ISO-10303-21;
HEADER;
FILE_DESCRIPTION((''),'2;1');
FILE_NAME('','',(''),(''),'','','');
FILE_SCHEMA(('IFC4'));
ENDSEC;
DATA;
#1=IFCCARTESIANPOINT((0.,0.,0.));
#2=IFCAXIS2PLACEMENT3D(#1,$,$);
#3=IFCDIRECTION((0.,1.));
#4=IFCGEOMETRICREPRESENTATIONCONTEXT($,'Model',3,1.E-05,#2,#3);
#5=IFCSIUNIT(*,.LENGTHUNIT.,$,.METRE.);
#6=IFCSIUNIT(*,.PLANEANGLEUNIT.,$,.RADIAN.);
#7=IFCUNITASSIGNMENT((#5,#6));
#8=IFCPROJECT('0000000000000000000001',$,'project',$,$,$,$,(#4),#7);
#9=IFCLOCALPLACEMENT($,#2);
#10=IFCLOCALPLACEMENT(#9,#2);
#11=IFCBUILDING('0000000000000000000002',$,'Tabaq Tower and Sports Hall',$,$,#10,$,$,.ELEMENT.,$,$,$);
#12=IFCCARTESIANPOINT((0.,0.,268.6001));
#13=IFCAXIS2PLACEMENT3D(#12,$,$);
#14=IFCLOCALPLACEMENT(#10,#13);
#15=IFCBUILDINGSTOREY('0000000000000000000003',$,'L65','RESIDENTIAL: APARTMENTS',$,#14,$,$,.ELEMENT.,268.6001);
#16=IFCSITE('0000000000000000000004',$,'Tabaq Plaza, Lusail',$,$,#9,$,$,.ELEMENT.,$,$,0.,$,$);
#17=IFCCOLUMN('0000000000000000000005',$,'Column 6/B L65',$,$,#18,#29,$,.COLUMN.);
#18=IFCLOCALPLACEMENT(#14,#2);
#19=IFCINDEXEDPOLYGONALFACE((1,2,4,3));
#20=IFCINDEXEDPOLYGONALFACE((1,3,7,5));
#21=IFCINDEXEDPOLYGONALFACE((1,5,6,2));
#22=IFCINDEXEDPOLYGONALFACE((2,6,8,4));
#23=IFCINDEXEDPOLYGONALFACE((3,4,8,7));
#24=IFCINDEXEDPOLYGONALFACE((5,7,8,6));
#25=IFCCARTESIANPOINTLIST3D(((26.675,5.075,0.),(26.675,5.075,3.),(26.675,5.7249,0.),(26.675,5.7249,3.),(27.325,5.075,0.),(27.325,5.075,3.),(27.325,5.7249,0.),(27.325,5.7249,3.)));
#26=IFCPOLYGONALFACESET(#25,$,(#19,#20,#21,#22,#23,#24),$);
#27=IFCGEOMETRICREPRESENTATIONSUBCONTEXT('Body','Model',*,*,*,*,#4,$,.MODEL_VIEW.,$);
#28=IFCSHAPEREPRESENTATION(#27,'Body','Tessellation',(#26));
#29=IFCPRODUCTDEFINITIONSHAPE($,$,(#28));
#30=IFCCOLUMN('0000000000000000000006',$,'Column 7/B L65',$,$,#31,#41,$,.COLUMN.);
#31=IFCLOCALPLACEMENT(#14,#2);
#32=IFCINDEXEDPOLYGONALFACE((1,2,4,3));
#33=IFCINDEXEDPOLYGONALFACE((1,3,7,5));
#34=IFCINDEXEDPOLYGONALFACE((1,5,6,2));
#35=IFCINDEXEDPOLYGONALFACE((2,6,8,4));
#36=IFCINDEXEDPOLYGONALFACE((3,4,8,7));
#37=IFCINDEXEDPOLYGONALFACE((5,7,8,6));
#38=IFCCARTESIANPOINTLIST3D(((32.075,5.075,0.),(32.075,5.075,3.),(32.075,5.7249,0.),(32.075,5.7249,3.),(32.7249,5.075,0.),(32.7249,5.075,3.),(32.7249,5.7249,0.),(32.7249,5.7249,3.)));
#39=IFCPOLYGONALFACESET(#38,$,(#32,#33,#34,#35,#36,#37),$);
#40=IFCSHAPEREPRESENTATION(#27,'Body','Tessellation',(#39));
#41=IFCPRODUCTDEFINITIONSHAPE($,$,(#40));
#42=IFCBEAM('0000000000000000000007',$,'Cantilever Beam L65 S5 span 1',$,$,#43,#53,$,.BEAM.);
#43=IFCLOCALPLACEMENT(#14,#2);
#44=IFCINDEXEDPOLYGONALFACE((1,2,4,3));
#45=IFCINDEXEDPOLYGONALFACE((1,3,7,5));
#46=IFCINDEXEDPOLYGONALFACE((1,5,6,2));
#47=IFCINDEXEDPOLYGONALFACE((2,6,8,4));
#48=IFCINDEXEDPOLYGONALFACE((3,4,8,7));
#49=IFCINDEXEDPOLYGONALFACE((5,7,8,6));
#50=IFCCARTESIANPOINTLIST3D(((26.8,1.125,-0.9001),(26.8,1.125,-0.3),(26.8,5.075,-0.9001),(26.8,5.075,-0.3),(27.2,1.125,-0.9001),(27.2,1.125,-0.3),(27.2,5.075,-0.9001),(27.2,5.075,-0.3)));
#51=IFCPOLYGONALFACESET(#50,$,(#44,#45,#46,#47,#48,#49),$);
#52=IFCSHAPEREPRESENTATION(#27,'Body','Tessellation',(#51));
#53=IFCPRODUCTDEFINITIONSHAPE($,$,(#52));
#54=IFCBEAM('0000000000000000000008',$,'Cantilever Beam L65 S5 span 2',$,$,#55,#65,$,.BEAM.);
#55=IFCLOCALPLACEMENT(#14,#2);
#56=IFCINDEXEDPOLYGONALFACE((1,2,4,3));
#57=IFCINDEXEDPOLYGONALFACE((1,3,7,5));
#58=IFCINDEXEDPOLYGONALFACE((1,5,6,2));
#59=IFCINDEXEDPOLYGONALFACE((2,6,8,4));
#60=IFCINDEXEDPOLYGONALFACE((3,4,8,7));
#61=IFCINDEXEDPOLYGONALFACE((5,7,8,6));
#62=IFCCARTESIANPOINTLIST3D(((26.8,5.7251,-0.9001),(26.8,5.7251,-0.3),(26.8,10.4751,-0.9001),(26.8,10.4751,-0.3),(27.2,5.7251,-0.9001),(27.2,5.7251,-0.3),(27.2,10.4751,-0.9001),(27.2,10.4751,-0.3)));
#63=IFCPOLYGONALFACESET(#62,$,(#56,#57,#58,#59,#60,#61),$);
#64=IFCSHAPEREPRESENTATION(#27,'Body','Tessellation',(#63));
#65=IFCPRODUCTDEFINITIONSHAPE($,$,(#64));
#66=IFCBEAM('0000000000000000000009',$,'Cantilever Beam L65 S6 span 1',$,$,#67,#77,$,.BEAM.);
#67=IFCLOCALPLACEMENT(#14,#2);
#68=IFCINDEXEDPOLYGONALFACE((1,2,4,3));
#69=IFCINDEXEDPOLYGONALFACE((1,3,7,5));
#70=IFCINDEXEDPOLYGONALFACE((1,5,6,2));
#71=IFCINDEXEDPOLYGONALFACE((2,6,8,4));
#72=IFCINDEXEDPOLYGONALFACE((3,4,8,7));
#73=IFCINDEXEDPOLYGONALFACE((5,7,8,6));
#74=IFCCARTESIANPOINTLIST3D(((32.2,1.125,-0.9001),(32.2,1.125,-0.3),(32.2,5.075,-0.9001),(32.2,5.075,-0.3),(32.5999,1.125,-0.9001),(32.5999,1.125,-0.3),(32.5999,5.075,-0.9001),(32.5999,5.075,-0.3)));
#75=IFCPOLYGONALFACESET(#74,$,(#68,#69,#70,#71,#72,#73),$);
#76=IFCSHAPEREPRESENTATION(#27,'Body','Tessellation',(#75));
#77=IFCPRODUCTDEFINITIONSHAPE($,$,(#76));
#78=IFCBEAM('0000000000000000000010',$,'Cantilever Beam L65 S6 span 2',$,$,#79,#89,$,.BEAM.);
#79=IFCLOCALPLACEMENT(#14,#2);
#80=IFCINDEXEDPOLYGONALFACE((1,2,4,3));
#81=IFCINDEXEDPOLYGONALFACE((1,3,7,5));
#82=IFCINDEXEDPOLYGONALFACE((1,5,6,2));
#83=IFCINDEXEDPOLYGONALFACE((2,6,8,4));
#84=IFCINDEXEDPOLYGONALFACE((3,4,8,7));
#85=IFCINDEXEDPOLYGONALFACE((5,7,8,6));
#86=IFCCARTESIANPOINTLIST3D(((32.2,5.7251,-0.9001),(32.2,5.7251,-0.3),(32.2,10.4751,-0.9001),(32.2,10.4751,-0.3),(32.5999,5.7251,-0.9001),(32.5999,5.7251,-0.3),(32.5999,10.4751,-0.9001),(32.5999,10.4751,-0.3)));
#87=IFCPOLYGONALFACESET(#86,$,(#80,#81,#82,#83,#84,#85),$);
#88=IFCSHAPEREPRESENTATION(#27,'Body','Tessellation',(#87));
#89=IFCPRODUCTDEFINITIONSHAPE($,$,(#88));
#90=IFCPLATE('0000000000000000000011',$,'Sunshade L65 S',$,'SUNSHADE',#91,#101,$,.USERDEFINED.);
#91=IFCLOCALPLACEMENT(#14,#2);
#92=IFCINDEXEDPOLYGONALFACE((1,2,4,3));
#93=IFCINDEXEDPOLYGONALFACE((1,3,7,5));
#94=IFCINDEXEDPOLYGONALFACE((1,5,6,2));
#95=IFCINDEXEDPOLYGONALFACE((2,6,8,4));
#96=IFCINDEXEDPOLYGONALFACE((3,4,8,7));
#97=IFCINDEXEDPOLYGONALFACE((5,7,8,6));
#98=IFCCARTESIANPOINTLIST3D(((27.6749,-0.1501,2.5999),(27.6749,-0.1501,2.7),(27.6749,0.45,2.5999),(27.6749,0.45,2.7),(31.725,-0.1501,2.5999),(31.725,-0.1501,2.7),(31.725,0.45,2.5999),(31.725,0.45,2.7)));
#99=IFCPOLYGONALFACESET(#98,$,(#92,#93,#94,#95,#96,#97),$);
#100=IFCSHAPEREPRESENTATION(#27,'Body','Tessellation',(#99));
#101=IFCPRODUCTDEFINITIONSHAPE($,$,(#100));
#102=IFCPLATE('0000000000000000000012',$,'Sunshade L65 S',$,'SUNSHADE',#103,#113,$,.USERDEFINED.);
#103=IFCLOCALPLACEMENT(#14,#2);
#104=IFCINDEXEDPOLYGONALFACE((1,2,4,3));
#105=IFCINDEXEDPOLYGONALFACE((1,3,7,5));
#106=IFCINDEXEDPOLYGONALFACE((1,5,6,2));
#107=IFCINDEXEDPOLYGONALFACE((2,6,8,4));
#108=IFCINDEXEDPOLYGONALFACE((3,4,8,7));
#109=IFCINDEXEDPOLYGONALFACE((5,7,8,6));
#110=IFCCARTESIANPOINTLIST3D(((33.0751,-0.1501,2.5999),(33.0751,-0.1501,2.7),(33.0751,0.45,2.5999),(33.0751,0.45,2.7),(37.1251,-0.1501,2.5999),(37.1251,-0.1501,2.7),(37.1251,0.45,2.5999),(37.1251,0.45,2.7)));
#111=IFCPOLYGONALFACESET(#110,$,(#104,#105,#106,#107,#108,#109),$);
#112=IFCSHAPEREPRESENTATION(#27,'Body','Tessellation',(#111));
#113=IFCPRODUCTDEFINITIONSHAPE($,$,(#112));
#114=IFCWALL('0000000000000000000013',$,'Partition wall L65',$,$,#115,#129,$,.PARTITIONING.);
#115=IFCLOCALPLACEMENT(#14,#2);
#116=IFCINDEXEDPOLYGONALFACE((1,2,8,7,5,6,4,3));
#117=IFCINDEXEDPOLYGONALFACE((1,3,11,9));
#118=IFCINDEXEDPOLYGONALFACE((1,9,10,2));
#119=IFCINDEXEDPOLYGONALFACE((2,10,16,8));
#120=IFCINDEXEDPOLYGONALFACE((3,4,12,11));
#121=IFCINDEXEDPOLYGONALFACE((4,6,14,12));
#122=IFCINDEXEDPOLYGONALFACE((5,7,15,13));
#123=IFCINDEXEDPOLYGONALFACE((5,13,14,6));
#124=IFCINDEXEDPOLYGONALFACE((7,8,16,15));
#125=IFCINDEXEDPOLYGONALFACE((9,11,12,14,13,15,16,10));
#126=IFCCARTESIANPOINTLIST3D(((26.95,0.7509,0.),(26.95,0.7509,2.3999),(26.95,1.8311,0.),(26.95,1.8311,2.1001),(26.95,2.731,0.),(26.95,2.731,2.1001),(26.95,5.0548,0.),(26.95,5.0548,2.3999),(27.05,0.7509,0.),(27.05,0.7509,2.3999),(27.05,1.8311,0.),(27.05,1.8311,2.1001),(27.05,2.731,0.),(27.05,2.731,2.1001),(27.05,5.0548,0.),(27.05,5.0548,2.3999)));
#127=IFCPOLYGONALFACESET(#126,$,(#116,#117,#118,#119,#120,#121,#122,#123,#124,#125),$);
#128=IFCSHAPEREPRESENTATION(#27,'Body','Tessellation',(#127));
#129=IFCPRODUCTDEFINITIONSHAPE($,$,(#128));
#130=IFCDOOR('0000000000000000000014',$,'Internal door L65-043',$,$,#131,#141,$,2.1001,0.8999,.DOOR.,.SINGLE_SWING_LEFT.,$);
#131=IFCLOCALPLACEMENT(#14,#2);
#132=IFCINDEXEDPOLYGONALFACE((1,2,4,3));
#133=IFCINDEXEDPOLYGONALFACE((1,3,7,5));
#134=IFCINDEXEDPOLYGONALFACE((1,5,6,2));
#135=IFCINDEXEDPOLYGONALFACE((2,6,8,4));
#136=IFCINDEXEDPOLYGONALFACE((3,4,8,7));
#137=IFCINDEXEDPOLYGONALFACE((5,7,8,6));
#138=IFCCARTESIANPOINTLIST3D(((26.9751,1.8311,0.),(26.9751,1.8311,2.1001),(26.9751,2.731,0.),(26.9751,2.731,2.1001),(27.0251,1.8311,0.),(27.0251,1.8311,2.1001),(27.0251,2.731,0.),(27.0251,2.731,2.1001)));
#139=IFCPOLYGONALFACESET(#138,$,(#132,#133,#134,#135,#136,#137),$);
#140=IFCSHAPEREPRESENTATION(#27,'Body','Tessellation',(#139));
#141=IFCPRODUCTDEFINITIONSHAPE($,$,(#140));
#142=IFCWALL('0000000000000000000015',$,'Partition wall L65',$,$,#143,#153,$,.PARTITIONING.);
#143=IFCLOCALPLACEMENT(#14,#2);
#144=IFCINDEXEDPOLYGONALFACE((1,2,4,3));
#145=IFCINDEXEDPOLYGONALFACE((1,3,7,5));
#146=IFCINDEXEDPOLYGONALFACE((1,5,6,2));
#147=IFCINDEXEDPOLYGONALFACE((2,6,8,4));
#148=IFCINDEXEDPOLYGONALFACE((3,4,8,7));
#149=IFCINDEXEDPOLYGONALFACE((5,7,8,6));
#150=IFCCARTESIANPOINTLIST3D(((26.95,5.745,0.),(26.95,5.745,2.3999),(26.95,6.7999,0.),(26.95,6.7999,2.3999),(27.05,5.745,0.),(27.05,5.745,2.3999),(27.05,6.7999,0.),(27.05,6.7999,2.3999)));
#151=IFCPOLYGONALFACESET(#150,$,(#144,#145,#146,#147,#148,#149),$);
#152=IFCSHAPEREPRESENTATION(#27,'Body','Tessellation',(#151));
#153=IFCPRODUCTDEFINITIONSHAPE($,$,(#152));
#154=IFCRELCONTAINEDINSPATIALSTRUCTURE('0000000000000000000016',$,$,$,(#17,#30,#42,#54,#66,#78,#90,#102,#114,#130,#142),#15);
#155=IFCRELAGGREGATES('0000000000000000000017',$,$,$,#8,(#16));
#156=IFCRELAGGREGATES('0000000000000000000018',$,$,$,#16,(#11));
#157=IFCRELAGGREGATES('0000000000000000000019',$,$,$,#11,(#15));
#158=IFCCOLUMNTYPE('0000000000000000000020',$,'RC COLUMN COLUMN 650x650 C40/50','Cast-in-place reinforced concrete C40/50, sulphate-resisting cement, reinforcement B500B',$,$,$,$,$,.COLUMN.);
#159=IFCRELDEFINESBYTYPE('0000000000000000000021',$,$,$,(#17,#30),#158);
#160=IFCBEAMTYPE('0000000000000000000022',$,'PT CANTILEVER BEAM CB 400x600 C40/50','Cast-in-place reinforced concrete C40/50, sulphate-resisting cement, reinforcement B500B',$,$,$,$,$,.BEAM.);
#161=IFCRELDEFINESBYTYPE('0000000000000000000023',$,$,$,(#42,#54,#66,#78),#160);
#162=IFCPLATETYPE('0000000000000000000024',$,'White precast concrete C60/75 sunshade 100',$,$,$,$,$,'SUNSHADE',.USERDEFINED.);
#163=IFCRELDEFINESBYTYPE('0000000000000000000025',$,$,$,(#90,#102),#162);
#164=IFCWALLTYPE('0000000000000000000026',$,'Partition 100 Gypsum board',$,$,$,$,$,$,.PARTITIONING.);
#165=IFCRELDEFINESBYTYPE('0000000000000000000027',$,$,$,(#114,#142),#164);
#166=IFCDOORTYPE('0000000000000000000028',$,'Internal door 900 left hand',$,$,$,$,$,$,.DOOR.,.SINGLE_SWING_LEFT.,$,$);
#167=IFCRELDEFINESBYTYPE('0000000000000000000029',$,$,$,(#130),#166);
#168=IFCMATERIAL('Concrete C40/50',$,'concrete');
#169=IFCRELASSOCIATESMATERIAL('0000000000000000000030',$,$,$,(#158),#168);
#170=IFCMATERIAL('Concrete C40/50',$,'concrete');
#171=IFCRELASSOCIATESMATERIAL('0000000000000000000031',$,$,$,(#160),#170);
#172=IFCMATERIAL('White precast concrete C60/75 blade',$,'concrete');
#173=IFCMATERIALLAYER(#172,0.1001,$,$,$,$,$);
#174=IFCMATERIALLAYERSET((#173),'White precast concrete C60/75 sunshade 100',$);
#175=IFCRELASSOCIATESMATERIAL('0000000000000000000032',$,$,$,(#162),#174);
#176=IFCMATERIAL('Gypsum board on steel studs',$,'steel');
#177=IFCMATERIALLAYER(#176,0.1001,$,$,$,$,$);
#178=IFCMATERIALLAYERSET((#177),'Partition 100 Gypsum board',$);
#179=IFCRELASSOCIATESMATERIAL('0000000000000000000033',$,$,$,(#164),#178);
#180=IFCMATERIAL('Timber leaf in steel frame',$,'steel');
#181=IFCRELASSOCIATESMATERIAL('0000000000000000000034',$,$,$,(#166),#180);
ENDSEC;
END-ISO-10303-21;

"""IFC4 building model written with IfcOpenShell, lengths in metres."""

from ifc_helpers import new_model, si_unit, direction, frame, frame_2d, origin, origin_2d, place, context, subcontext, project, spatial, rectangle, extrude, material, layer, layer_set, material_profile, profile_set, type_object, element, fill, save


model = new_model("IFC4")

# Units and contexts
model_context = context("Model", 3, precision=1e-05, world=origin(), true_north=direction((0.0, 1.0)))
body_context = subcontext(model_context, "Body", "Model", "MODEL_VIEW")
ifc_project = project(units=[si_unit("LENGTHUNIT", "METRE"), si_unit("PLANEANGLEUNIT", "RADIAN")], contexts=[model_context])

# Site, building, storey
site_placement = place(None, origin())
site = spatial("IfcSite", under=ifc_project, at=site_placement, Name="Tabaq Plaza, Lusail", CompositionType="ELEMENT", RefElevation=0.0)
building_placement = place(site_placement, origin())
building = spatial("IfcBuilding", under=site, at=building_placement, Name="Tabaq Tower and Sports Hall", CompositionType="ELEMENT")
storey_placement = place(building_placement, frame((0.0, 0.0, 268.6001)))
storey = spatial("IfcBuildingStorey", under=building, at=storey_placement, Name="L65", Description="RESIDENTIAL: APARTMENTS", CompositionType="ELEMENT", Elevation=268.6001)

# Columns
ifc_material_1 = material(Name="Concrete C40/50", Category="concrete")
ifc_material_profile_1 = material_profile(ifc_material_1, rectangle(XDim=0.6499, YDim=0.6499, at=origin_2d()), Name="COLUMN 650x650")
ifc_profile_set_1 = profile_set([ifc_material_profile_1], Name="Concrete C40/50")
column_type = type_object("IfcColumnType", Name="RC COLUMN COLUMN 650x650 C40/50", Description="Cast-in-place reinforced concrete C40/50, sulphate-resisting cement, reinforcement B500B", PredefinedType="COLUMN", material=ifc_profile_set_1)
for number, where, z_axis, x_axis, name in (
    (1, (27.0, 5.3999, 0.0), (0.0, 0.0, 1.0), (1.0, 0.0, 0.0), "Column 6/B L65"),
    (2, (32.3999, 5.3999, 0.0), (0.0, 0.0, 1.0), (1.0, 0.0, 0.0), "Column 7/B L65"),
):
    element("IfcColumn", number, at=place(storey_placement, frame(where, z_axis=z_axis, x_axis=x_axis)), inside=storey, type_object=column_type, Name=name, PredefinedType="COLUMN", context=body_context, shape_type="SweptSolid", body=[
        extrude(rectangle(XDim=0.6499, YDim=0.6499, at=origin_2d()), origin(), (0.0, 0.0, 1.0), 3.0),
    ])

# Beams
ifc_material_2 = material(Name="Concrete C40/50", Category="concrete")
ifc_material_profile_2 = material_profile(ifc_material_2, rectangle(XDim=0.3999, YDim=0.6001, at=origin_2d()), Name="CB 400x600")
ifc_profile_set_2 = profile_set([ifc_material_profile_2], Name="Concrete C40/50")
beam_type = type_object("IfcBeamType", Name="PT CANTILEVER BEAM CB 400x600 C40/50", Description="Cast-in-place reinforced concrete C40/50, sulphate-resisting cement, reinforcement B500B", PredefinedType="BEAM", material=ifc_profile_set_2)
beam_1_placement = place(storey_placement, frame((27.0, 1.125, -0.6001), z_axis=(0.0, 1.0, 0.0), x_axis=(-1.0, 0.0, 0.0)))
element("IfcBeam", 3, at=beam_1_placement, inside=storey, type_object=beam_type, Name="Cantilever Beam L65 S5 span 1", PredefinedType="BEAM", context=body_context, shape_type="SweptSolid", body=[
    extrude(rectangle(XDim=0.3999, YDim=0.6001, at=origin_2d()), origin(), (0.0, 0.0, 1.0), 3.95),
])
beam_2_placement = place(storey_placement, frame((27.0, 5.7251, -0.6001), z_axis=(0.0, 1.0, 0.0), x_axis=(-1.0, 0.0, 0.0)))
element("IfcBeam", 4, at=beam_2_placement, inside=storey, type_object=beam_type, Name="Cantilever Beam L65 S5 span 2", PredefinedType="BEAM", context=body_context, shape_type="SweptSolid", body=[
    extrude(rectangle(XDim=0.3999, YDim=0.6001, at=origin_2d()), origin(), (0.0, 0.0, 1.0), 4.75),
])
beam_3_placement = place(storey_placement, frame((32.3999, 1.125, -0.6001), z_axis=(0.0, 1.0, 0.0), x_axis=(-1.0, 0.0, 0.0)))
element("IfcBeam", 5, at=beam_3_placement, inside=storey, type_object=beam_type, Name="Cantilever Beam L65 S6 span 1", PredefinedType="BEAM", context=body_context, shape_type="SweptSolid", body=[
    extrude(rectangle(XDim=0.3999, YDim=0.6001, at=origin_2d()), origin(), (0.0, 0.0, 1.0), 3.95),
])
beam_4_placement = place(storey_placement, frame((32.3999, 5.7251, -0.6001), z_axis=(0.0, 1.0, 0.0), x_axis=(-1.0, 0.0, 0.0)))
element("IfcBeam", 6, at=beam_4_placement, inside=storey, type_object=beam_type, Name="Cantilever Beam L65 S6 span 2", PredefinedType="BEAM", context=body_context, shape_type="SweptSolid", body=[
    extrude(rectangle(XDim=0.3999, YDim=0.6001, at=origin_2d()), origin(), (0.0, 0.0, 1.0), 4.75),
])

# Plates
ifc_material_3 = material(Name="White precast concrete C60/75 blade", Category="concrete")
ifc_layer_1 = layer(ifc_material_3, 0.1001)
ifc_layer_set_1 = layer_set([ifc_layer_1], Name="White precast concrete C60/75 sunshade 100")
plate_type = type_object("IfcPlateType", Name="White precast concrete C60/75 sunshade 100", ElementType="SUNSHADE", PredefinedType="USERDEFINED", material=ifc_layer_set_1)
for number, where, z_axis, x_axis, name in (
    (7, (29.7, 0.1499, 2.5999), (0.0, 0.0, 1.0), (1.0, 0.0, 0.0), "Sunshade L65 S"),
    (8, (35.1001, 0.1499, 2.5999), (0.0, 0.0, 1.0), (1.0, 0.0, 0.0), "Sunshade L65 S"),
):
    element("IfcPlate", number, at=place(storey_placement, frame(where, z_axis=z_axis, x_axis=x_axis)), inside=storey, type_object=plate_type, Name=name, ObjectType="SUNSHADE", PredefinedType="USERDEFINED", context=body_context, shape_type="SweptSolid", body=[
        extrude(rectangle(XDim=4.05, YDim=0.6001, at=origin_2d()), origin(), (0.0, 0.0, 1.0), 0.1001),
    ])

# Wall, opening, door
ifc_material_4 = material(Name="Gypsum board on steel studs", Category="steel")
ifc_layer_2 = layer(ifc_material_4, 0.1001)
ifc_layer_set_2 = layer_set([ifc_layer_2], Name="Partition 100 Gypsum board")
wall_type_1 = type_object("IfcWallType", Name="Partition 100 Gypsum board", PredefinedType="PARTITIONING", material=ifc_layer_set_2)
wall_1_placement = place(storey_placement, frame((27.0, 0.751, 0.0), z_axis=(0.0, 0.0, 1.0), x_axis=(0.0, 1.0, 0.0)))
wall_1 = element("IfcWall", 9, at=wall_1_placement, inside=storey, type_object=wall_type_1, Name="Partition wall L65", PredefinedType="PARTITIONING", context=body_context, shape_type="SweptSolid", body=[
    extrude(rectangle(XDim=4.304, YDim=0.1001, at=frame_2d((2.1519, 0.0))), origin(), (0.0, 0.0, 1.0), 2.3999),
])
opening_1_placement = place(wall_1_placement, frame((1.0801, 0.0, 0.0)))
opening_1 = element("IfcOpeningElement", 10, at=opening_1_placement, cuts=wall_1, PredefinedType="OPENING", context=body_context, shape_type="SweptSolid", body=[
    extrude(rectangle(XDim=0.8999, YDim=2.1001, at=frame_2d((0.45, 1.05))), frame((0.0, 0.05, 0.0), z_axis=(0.0, -1.0, 0.0), x_axis=(1.0, 0.0, 0.0)), (0.0, 0.0, 1.0), 0.1001),
])
ifc_material_5 = material(Name="Timber leaf in steel frame", Category="steel")
door_type_1 = type_object("IfcDoorType", Name="Internal door 900 left hand", OperationType="SINGLE_SWING_LEFT", PredefinedType="DOOR", material=ifc_material_5)
door_1_placement = place(opening_1_placement, origin())
door_1 = element("IfcDoor", 11, at=door_1_placement, inside=storey, type_object=door_type_1, Name="Internal door L65-043", OperationType="SINGLE_SWING_LEFT", OverallHeight=2.1001, OverallWidth=0.8999, PredefinedType="DOOR", context=body_context, shape_type="SweptSolid", body=[
    extrude(rectangle(XDim=0.8999, YDim=2.1001, at=frame_2d((0.45, 1.05))), frame((0.0, 0.0249, 0.0), z_axis=(0.0, -1.0, 0.0), x_axis=(1.0, 0.0, 0.0)), (0.0, 0.0, 1.0), 0.05),
])
fill(opening_1, door_1)

# Wall
wall_2_placement = place(storey_placement, frame((27.0, 5.7451, 0.0), z_axis=(0.0, 0.0, 1.0), x_axis=(0.0, 1.0, 0.0)))
element("IfcWall", 12, at=wall_2_placement, inside=storey, type_object=wall_type_1, Name="Partition wall L65", PredefinedType="PARTITIONING", context=body_context, shape_type="SweptSolid", body=[
    extrude(rectangle(XDim=1.0549, YDim=0.1001, at=frame_2d((0.5273, 0.0))), origin(), (0.0, 0.0, 1.0), 2.3999),
])

save(model, "model.ifc")
